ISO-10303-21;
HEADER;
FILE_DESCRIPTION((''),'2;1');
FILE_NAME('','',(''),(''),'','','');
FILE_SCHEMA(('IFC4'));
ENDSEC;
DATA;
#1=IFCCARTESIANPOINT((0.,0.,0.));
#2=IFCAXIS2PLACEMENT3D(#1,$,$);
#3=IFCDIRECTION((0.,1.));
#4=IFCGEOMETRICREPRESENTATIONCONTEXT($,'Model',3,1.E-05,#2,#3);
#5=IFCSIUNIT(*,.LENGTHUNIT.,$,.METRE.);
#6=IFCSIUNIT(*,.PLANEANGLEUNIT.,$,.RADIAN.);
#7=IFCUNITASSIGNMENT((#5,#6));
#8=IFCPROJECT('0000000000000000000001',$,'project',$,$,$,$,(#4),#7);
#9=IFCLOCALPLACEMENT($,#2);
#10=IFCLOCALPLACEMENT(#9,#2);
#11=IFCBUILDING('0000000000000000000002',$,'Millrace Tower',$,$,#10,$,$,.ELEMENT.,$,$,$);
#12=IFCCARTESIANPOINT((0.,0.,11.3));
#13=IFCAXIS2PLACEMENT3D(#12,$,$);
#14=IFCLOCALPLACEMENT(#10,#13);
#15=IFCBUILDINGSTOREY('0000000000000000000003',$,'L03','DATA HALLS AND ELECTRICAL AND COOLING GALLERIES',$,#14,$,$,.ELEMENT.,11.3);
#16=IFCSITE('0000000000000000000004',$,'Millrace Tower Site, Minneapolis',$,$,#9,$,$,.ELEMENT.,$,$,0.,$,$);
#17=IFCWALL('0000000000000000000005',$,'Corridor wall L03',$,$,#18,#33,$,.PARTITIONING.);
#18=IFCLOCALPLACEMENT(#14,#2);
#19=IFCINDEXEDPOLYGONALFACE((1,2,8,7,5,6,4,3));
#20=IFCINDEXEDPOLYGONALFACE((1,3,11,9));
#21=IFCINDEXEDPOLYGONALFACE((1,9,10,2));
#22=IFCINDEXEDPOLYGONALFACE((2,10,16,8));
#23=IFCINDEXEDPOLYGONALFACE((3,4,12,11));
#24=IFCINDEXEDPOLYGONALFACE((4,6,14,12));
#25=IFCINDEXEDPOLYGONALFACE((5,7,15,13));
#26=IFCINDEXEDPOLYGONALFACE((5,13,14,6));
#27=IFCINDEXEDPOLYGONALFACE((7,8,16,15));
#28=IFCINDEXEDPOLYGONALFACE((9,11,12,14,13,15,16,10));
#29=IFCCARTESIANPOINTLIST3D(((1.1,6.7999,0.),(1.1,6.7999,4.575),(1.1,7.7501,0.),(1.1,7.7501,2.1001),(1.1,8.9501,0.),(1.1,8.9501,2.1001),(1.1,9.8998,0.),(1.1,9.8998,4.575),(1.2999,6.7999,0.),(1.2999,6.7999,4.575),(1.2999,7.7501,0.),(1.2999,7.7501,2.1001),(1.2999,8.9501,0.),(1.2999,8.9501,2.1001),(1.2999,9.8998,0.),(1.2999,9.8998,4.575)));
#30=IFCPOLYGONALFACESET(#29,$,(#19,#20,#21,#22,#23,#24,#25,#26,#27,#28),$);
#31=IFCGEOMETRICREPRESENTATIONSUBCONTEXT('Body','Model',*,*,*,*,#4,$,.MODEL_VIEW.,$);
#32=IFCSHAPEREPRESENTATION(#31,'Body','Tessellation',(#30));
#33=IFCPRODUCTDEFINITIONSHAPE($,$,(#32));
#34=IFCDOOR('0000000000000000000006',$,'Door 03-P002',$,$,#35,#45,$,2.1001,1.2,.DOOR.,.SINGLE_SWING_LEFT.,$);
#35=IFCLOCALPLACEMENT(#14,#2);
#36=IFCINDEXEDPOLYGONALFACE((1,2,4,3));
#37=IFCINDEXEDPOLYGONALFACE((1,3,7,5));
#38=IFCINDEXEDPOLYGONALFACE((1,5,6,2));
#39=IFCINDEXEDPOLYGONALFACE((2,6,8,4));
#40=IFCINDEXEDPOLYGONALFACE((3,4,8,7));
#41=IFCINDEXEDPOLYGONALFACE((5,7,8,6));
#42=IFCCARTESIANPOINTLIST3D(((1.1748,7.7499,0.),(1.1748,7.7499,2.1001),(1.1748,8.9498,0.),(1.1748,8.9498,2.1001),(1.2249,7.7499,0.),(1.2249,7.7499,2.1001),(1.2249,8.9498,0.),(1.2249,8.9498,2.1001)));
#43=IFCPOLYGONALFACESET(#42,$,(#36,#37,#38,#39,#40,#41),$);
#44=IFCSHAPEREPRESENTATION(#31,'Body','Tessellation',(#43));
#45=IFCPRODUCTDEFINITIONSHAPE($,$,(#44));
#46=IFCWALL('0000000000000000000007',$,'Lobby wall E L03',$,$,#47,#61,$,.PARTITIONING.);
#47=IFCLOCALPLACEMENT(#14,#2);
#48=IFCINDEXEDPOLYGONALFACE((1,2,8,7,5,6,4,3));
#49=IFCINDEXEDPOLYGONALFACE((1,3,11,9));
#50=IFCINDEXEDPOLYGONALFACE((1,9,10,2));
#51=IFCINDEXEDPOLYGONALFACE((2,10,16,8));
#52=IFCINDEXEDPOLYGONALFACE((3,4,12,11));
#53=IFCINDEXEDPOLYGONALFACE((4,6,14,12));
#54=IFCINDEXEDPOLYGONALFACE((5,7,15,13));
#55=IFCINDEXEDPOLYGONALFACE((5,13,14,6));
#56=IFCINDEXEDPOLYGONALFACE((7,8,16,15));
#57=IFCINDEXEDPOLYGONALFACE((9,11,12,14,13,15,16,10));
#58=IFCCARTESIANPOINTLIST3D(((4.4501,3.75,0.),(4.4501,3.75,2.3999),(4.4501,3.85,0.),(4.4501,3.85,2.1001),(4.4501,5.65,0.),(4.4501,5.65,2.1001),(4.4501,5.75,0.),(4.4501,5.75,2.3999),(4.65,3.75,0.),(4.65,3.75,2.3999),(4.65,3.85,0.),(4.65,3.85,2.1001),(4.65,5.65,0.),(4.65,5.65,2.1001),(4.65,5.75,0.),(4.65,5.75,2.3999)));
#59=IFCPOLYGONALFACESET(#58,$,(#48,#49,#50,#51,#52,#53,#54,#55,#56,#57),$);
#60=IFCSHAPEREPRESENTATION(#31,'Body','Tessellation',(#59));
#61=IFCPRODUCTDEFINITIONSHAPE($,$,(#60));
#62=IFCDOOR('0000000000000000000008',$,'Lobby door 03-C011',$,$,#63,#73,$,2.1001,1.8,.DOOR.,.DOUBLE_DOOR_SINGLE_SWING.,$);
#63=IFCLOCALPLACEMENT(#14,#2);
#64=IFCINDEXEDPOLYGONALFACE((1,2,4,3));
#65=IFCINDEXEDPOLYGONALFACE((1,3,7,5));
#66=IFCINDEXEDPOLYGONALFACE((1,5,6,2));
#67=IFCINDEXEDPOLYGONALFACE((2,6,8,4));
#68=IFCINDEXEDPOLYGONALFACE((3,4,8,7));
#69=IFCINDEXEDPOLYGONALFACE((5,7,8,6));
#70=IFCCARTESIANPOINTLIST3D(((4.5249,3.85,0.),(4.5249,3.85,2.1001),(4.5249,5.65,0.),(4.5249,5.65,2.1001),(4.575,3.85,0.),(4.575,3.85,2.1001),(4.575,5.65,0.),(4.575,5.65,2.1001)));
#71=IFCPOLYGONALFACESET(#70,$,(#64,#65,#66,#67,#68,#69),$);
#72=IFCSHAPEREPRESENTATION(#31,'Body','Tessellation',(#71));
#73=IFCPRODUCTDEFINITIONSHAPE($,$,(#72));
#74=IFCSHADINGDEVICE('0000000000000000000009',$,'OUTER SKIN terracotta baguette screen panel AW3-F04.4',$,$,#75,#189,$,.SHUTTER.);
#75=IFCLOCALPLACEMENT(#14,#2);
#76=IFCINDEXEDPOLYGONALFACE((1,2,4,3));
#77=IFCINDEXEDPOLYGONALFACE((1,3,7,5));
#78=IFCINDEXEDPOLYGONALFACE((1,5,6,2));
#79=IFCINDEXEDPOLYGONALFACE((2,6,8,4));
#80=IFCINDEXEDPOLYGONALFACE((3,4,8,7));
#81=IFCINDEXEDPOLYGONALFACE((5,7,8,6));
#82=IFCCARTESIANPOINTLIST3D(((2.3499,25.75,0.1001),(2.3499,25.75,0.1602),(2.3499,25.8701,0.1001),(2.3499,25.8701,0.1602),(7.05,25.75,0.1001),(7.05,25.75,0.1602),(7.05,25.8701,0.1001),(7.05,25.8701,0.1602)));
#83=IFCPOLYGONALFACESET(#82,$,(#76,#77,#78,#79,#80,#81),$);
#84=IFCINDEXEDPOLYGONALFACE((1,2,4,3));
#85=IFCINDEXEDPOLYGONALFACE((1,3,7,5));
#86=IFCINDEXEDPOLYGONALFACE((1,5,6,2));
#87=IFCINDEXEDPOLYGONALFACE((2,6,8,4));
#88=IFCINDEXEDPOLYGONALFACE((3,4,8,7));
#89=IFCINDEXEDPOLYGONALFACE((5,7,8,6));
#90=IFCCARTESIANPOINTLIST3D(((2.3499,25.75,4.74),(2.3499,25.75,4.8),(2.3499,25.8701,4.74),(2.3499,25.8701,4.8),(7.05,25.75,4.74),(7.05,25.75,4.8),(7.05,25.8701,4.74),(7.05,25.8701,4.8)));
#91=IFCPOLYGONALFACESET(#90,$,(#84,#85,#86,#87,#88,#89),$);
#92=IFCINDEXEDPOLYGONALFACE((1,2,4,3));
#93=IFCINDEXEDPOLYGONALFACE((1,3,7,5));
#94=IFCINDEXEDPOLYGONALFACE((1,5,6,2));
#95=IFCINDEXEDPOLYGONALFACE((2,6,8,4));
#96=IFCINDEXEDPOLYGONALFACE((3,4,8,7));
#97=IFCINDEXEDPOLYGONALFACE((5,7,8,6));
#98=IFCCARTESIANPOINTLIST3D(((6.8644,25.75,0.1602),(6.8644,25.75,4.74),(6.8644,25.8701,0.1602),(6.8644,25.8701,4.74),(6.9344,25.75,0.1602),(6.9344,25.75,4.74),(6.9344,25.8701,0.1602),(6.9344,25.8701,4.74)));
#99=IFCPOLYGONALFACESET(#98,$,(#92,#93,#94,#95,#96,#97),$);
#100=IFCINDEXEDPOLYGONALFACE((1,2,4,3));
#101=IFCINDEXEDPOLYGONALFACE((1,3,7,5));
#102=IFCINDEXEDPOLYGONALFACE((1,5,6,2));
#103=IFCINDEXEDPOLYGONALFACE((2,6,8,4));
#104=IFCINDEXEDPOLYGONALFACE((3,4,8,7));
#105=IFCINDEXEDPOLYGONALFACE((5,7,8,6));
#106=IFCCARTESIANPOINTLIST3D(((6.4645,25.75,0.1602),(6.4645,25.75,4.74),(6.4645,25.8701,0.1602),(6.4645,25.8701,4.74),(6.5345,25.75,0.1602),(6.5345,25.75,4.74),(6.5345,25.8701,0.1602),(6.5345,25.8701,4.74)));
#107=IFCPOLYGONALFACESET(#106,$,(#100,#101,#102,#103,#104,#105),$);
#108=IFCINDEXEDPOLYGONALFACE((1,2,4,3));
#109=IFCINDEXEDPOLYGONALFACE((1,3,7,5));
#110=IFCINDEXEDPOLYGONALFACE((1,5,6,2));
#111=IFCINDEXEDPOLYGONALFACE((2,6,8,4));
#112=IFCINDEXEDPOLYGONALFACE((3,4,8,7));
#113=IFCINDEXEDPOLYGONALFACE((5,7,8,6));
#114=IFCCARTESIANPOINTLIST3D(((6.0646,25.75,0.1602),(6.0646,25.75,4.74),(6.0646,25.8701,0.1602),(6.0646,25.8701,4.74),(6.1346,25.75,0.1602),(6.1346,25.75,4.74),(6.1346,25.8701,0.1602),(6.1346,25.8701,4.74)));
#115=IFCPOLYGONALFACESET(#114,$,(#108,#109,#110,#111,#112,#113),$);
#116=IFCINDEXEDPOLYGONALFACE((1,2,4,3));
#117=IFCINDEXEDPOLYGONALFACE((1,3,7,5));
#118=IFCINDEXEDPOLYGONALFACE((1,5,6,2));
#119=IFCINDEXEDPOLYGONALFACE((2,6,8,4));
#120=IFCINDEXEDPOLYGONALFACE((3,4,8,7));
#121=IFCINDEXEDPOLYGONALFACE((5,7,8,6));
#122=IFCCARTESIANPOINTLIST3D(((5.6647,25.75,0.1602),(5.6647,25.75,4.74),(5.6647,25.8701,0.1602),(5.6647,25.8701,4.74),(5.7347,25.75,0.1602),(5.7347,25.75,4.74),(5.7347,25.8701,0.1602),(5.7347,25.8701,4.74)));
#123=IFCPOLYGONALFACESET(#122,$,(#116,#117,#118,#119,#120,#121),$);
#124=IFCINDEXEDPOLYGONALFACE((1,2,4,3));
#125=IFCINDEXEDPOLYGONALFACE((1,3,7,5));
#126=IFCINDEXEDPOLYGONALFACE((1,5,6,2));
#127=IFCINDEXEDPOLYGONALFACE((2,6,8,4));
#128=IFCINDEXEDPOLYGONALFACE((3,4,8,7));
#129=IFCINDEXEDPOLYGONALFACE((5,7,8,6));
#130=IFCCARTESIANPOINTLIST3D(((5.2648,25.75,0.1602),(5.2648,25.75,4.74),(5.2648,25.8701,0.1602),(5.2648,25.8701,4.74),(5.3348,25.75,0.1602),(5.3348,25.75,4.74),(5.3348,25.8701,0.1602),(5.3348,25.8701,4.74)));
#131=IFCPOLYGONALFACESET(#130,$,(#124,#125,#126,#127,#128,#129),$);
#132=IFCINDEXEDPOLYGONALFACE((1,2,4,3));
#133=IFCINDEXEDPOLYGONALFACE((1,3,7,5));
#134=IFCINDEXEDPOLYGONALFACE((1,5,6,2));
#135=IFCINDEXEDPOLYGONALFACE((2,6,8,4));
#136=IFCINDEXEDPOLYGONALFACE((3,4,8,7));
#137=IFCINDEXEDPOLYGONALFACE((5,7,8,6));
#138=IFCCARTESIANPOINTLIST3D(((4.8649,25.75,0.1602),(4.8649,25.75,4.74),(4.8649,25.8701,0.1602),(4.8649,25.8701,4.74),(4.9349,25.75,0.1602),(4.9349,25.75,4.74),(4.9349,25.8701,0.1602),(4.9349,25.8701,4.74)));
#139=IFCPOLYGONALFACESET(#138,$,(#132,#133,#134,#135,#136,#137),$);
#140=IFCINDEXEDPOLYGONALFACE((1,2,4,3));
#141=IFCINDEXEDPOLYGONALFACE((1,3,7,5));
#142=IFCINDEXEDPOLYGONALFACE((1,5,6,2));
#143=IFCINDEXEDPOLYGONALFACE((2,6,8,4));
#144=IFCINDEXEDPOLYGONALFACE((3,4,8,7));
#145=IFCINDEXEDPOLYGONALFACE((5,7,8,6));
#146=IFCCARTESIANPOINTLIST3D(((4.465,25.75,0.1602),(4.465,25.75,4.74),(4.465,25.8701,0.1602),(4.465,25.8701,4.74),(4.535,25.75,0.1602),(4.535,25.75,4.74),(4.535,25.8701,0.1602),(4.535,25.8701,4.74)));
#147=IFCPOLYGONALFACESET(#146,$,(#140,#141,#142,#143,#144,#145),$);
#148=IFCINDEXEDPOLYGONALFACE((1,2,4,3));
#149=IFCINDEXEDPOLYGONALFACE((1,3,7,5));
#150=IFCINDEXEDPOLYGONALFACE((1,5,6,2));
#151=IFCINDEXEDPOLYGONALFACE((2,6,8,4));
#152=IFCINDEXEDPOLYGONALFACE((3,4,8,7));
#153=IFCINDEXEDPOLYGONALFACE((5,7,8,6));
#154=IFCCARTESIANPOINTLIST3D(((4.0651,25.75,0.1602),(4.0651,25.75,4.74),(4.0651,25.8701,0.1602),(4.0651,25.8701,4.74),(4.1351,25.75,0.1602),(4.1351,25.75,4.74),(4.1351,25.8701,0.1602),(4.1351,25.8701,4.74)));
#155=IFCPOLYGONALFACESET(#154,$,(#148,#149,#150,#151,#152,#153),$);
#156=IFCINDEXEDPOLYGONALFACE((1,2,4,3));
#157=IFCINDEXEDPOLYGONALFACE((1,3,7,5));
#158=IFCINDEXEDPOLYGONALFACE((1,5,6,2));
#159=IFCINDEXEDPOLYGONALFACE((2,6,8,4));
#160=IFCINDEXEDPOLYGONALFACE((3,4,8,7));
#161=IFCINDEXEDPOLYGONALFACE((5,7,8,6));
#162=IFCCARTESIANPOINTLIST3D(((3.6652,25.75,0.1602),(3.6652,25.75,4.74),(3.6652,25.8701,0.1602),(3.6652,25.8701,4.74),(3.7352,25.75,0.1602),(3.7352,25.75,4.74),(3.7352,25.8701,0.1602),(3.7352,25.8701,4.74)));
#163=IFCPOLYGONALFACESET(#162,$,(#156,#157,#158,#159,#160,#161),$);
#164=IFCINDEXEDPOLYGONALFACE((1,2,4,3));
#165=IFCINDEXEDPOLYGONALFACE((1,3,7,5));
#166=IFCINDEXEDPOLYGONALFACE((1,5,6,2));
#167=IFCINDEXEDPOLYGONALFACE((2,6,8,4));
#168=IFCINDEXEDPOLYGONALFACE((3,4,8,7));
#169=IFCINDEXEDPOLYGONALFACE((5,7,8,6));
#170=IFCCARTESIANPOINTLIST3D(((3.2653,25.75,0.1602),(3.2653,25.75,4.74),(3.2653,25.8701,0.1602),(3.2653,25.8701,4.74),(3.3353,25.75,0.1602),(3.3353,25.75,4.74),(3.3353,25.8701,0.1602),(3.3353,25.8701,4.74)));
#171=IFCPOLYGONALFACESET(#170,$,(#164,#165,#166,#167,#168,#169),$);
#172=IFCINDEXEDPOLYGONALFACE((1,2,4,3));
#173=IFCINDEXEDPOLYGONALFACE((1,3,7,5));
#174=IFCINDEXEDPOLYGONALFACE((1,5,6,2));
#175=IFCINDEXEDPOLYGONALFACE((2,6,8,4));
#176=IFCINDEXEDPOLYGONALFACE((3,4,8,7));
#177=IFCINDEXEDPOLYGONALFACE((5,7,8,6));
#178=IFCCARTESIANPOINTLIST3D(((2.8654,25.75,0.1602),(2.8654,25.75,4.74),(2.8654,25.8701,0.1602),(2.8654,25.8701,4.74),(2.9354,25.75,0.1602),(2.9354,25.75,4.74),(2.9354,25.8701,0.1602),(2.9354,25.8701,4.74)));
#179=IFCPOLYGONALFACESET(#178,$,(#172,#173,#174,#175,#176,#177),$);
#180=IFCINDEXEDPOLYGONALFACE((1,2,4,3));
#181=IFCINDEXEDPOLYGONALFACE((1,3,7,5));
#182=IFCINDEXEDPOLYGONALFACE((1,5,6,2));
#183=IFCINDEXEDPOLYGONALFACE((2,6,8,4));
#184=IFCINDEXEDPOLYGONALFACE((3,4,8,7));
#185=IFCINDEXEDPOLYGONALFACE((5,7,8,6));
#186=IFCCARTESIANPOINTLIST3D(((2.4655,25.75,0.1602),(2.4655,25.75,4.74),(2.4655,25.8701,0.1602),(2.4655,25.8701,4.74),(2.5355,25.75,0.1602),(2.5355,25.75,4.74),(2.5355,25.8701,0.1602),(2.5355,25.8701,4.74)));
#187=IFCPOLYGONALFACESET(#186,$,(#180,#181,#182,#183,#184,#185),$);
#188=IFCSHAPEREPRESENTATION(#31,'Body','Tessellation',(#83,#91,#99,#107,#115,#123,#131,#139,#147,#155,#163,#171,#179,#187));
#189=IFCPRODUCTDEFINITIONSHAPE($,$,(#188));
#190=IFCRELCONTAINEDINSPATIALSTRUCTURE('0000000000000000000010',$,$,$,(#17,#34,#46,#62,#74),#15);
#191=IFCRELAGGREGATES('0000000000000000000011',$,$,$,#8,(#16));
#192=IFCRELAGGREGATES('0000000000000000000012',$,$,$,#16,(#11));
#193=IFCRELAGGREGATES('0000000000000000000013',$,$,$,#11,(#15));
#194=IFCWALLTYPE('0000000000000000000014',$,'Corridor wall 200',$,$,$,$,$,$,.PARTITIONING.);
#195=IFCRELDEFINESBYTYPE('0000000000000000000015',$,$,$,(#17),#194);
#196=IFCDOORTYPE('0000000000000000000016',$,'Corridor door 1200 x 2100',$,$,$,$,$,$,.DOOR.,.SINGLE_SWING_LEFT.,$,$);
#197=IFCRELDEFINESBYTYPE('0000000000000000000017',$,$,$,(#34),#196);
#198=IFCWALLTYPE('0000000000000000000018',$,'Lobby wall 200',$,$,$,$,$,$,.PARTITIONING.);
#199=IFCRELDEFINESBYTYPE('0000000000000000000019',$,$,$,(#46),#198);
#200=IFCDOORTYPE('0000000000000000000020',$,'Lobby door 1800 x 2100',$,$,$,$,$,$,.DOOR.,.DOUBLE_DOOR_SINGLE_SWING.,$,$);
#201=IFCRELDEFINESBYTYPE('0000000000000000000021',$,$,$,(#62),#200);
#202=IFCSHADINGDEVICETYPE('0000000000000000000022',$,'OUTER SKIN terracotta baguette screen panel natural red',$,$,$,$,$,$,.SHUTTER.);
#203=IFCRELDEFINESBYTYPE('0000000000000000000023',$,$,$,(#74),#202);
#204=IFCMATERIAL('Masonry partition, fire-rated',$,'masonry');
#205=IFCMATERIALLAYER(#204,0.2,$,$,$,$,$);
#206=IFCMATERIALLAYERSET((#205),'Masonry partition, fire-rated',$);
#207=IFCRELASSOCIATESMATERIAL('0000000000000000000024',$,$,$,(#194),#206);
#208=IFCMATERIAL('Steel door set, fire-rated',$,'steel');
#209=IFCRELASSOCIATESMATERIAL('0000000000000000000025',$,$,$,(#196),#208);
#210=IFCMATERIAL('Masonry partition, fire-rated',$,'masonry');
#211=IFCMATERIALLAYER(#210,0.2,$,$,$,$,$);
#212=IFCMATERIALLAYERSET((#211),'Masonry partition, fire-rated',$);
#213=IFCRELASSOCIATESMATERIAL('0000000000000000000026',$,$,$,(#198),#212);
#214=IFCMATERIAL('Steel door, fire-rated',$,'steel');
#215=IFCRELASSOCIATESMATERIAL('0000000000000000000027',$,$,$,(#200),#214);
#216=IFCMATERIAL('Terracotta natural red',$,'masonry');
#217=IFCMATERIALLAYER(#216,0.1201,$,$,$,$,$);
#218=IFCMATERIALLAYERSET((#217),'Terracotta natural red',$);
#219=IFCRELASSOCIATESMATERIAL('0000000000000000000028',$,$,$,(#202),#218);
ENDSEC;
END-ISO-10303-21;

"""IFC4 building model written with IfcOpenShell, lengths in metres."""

from ifc_helpers import new_model, entity, si_unit, direction, frame, frame_2d, origin, place, context, subcontext, project, spatial, rectangle, extrude, source, transform, mapped, material, layer, layer_set, type_object, element, fill, save


model = new_model("IFC4")

# Units and contexts
model_context = context("Model", 3, precision=1e-05, world=origin(), true_north=direction((0.0, 1.0)))
body_context = subcontext(model_context, "Body", "Model", "MODEL_VIEW")
ifc_project = project(units=[si_unit("LENGTHUNIT", "METRE"), si_unit("PLANEANGLEUNIT", "RADIAN")], contexts=[model_context])

# Site, building, storey
site_placement = place(None, origin())
site = spatial("IfcSite", under=ifc_project, at=site_placement, Name="Millrace Tower Site, Minneapolis", CompositionType="ELEMENT", RefElevation=0.0)
building_placement = place(site_placement, origin())
building = spatial("IfcBuilding", under=site, at=building_placement, Name="Millrace Tower", CompositionType="ELEMENT")
storey_placement = place(building_placement, frame((0.0, 0.0, 11.3)))
storey = spatial("IfcBuildingStorey", under=building, at=storey_placement, Name="L03", Description="DATA HALLS AND ELECTRICAL AND COOLING GALLERIES", CompositionType="ELEMENT", Elevation=11.3)

# Shared definitions
ifc_material_1 = material(Name="Masonry partition, fire-rated", Category="masonry")
ifc_layer_1 = layer(ifc_material_1, 0.2)
ifc_layer_set_1 = layer_set([ifc_layer_1], Name="Masonry partition, fire-rated")
wall_type_1 = type_object("IfcWallType", Name="Corridor wall 200", PredefinedType="PARTITIONING", material=ifc_layer_set_1)

# Walls, openings, doors
wall_1_placement = place(storey_placement, frame((1.2, 6.8, 0.0), z_axis=(0.0, 0.0, 1.0), x_axis=(0.0, 1.0, 0.0)))
wall_1 = element("IfcWall", 1, at=wall_1_placement, inside=storey, type_object=wall_type_1, Name="Corridor wall L03", PredefinedType="PARTITIONING", context=body_context, shape_type="SweptSolid", body=[
    extrude(rectangle(XDim=3.0999, YDim=0.2, at=frame_2d((1.5498, 0.0))), origin(), (0.0, 0.0, 1.0), 4.575),
])
opening_1_placement = place(wall_1_placement, frame((0.95, 0.0, 0.0)))
opening_1 = element("IfcOpeningElement", 2, at=opening_1_placement, cuts=wall_1, PredefinedType="OPENING", context=body_context, shape_type="SweptSolid", body=[
    extrude(rectangle(XDim=1.2, YDim=2.1001, at=frame_2d((0.6001, 1.05))), frame((0.0, 0.1099, 0.0), z_axis=(0.0, -1.0, 0.0), x_axis=(1.0, 0.0, 0.0)), (0.0, 0.0, 1.0), 0.22),
])
ifc_material_2 = material(Name="Steel door set, fire-rated", Category="steel")
door_type_1 = type_object("IfcDoorType", Name="Corridor door 1200 x 2100", OperationType="SINGLE_SWING_LEFT", PredefinedType="DOOR", material=ifc_material_2)
door_1_placement = place(opening_1_placement, frame((1.2, 0.0, 0.0), z_axis=(0.0, 0.0, 1.0), x_axis=(-1.0, 0.0, 0.0)))
door_1 = element("IfcDoor", 3, at=door_1_placement, inside=storey, type_object=door_type_1, Name="Door 03-P002", OperationType="SINGLE_SWING_LEFT", OverallHeight=2.1001, OverallWidth=1.2, PredefinedType="DOOR", context=body_context, shape_type="SweptSolid", body=[
    extrude(rectangle(XDim=1.2, YDim=2.1001, at=frame_2d((0.6001, 1.05))), frame((0.0, 0.0249, 0.0), z_axis=(0.0, -1.0, 0.0), x_axis=(1.0, 0.0, 0.0)), (0.0, 0.0, 1.0), 0.05),
])
fill(opening_1, door_1)
ifc_material_3 = material(Name="Masonry partition, fire-rated", Category="masonry")
ifc_layer_2 = layer(ifc_material_3, 0.2)
ifc_layer_set_2 = layer_set([ifc_layer_2], Name="Masonry partition, fire-rated")
wall_type_2 = type_object("IfcWallType", Name="Lobby wall 200", PredefinedType="PARTITIONING", material=ifc_layer_set_2)
wall_2_placement = place(storey_placement, frame((4.55, 5.75, 0.0), z_axis=(0.0, 0.0, 1.0), x_axis=(0.0, -1.0, 0.0)))
wall_2 = element("IfcWall", 4, at=wall_2_placement, inside=storey, type_object=wall_type_2, Name="Lobby wall E L03", PredefinedType="PARTITIONING", context=body_context, shape_type="SweptSolid", body=[
    extrude(rectangle(XDim=2.0, YDim=0.2, at=frame_2d((1.0, 0.0))), origin(), (0.0, 0.0, 1.0), 2.3999),
])
opening_2_placement = place(wall_2_placement, frame((0.1001, 0.0, 0.0)))
opening_2 = element("IfcOpeningElement", 5, at=opening_2_placement, cuts=wall_2, PredefinedType="OPENING", context=body_context, shape_type="SweptSolid", body=[
    extrude(rectangle(XDim=1.8, YDim=2.1001, at=frame_2d((0.8999, 1.05))), frame((0.0, 0.1099, 0.0), z_axis=(0.0, -1.0, 0.0), x_axis=(1.0, 0.0, 0.0)), (0.0, 0.0, 1.0), 0.22),
])
ifc_material_4 = material(Name="Steel door, fire-rated", Category="steel")
door_type_2 = type_object("IfcDoorType", Name="Lobby door 1800 x 2100", OperationType="DOUBLE_DOOR_SINGLE_SWING", PredefinedType="DOOR", material=ifc_material_4)
door_2_placement = place(opening_2_placement, origin())
door_2 = element("IfcDoor", 6, at=door_2_placement, inside=storey, type_object=door_type_2, Name="Lobby door 03-C011", OperationType="DOUBLE_DOOR_SINGLE_SWING", OverallHeight=2.1001, OverallWidth=1.8, PredefinedType="DOOR", context=body_context, shape_type="SweptSolid", body=[
    extrude(rectangle(XDim=1.8, YDim=2.1001, at=frame_2d((0.8999, 1.05))), frame((0.0, 0.0249, 0.0), z_axis=(0.0, -1.0, 0.0), x_axis=(1.0, 0.0, 0.0)), (0.0, 0.0, 1.0), 0.05),
])
fill(opening_2, door_2)

# Shading device
cartesian_point = entity("IfcCartesianPoint", [-2.3501, 0.0601])
shared_polyline = entity("IfcPolyline", [cartesian_point, entity("IfcCartesianPoint", [2.3501, 0.0601]), entity("IfcCartesianPoint", [2.3501, -0.0601]), entity("IfcCartesianPoint", [-2.3501, -0.0601]), cartesian_point])
ifc_material_5 = material(Name="Terracotta natural red", Category="masonry")
ifc_layer_3 = layer(ifc_material_5, 0.1201)
ifc_layer_set_3 = layer_set([ifc_layer_3], Name="Terracotta natural red")
shading_device_type_1 = type_object("IfcShadingDeviceType", Name="OUTER SKIN terracotta baguette screen panel natural red", PredefinedType="SHUTTER", material=ifc_layer_set_3)
shared_shape_1 = source(origin(), body_context, "Body", "SweptSolid", [
    entity("IfcExtrudedAreaSolid", entity("IfcArbitraryClosedProfileDef", "AREA", None, shared_polyline), entity("IfcAxis2Placement3D", entity("IfcCartesianPoint", [0.0, 0.0, 0.0])), entity("IfcDirection", [0.0, 0.0, 1.0]), 0.0601),
    entity("IfcExtrudedAreaSolid", entity("IfcArbitraryClosedProfileDef", "AREA", None, shared_polyline), entity("IfcAxis2Placement3D", entity("IfcCartesianPoint", [0.0, 0.0, 4.6399])), entity("IfcDirection", [0.0, 0.0, 1.0]), 0.0601),
    extrude(rectangle(XDim=0.0701, YDim=0.1201, at=frame_2d((-2.1995, 0.0))), frame((0.0, 0.0, 0.0601)), (0.0, 0.0, 1.0), 4.5798),
    extrude(rectangle(XDim=0.0701, YDim=0.1201, at=frame_2d((-1.7996, 0.0))), frame((0.0, 0.0, 0.0601)), (0.0, 0.0, 1.0), 4.5798),
    extrude(rectangle(XDim=0.0701, YDim=0.1201, at=frame_2d((-1.3997, 0.0))), frame((0.0, 0.0, 0.0601)), (0.0, 0.0, 1.0), 4.5798),
    extrude(rectangle(XDim=0.0701, YDim=0.1201, at=frame_2d((-0.9998, 0.0))), frame((0.0, 0.0, 0.0601)), (0.0, 0.0, 1.0), 4.5798),
    extrude(rectangle(XDim=0.0701, YDim=0.1201, at=frame_2d((-0.5999, 0.0))), frame((0.0, 0.0, 0.0601)), (0.0, 0.0, 1.0), 4.5798),
    extrude(rectangle(XDim=0.0701, YDim=0.1201, at=frame_2d((-0.2, 0.0))), frame((0.0, 0.0, 0.0601)), (0.0, 0.0, 1.0), 4.5798),
    extrude(rectangle(XDim=0.0701, YDim=0.1201, at=frame_2d((0.2, 0.0))), frame((0.0, 0.0, 0.0601)), (0.0, 0.0, 1.0), 4.5798),
    extrude(rectangle(XDim=0.0701, YDim=0.1201, at=frame_2d((0.5999, 0.0))), frame((0.0, 0.0, 0.0601)), (0.0, 0.0, 1.0), 4.5798),
    extrude(rectangle(XDim=0.0701, YDim=0.1201, at=frame_2d((0.9998, 0.0))), frame((0.0, 0.0, 0.0601)), (0.0, 0.0, 1.0), 4.5798),
    extrude(rectangle(XDim=0.0701, YDim=0.1201, at=frame_2d((1.3997, 0.0))), frame((0.0, 0.0, 0.0601)), (0.0, 0.0, 1.0), 4.5798),
    extrude(rectangle(XDim=0.0701, YDim=0.1201, at=frame_2d((1.7996, 0.0))), frame((0.0, 0.0, 0.0601)), (0.0, 0.0, 1.0), 4.5798),
    extrude(rectangle(XDim=0.0701, YDim=0.1201, at=frame_2d((2.1995, 0.0))), frame((0.0, 0.0, 0.0601)), (0.0, 0.0, 1.0), 4.5798),
])
shading_device_1_placement = place(storey_placement, frame((4.7, 25.8101, 0.1001), z_axis=(0.0, 0.0, 1.0), x_axis=(-1.0, 0.0, 0.0)))
element("IfcShadingDevice", 7, at=shading_device_1_placement, inside=storey, type_object=shading_device_type_1, Name="OUTER SKIN terracotta baguette screen panel AW3-F04.4", PredefinedType="SHUTTER", context=body_context, shape_type="MappedRepresentation", body=[
    mapped(shared_shape_1, transform((0.0, 0.0, 0.0), scale=1.0)),
])

save(model, "model.ifc")
